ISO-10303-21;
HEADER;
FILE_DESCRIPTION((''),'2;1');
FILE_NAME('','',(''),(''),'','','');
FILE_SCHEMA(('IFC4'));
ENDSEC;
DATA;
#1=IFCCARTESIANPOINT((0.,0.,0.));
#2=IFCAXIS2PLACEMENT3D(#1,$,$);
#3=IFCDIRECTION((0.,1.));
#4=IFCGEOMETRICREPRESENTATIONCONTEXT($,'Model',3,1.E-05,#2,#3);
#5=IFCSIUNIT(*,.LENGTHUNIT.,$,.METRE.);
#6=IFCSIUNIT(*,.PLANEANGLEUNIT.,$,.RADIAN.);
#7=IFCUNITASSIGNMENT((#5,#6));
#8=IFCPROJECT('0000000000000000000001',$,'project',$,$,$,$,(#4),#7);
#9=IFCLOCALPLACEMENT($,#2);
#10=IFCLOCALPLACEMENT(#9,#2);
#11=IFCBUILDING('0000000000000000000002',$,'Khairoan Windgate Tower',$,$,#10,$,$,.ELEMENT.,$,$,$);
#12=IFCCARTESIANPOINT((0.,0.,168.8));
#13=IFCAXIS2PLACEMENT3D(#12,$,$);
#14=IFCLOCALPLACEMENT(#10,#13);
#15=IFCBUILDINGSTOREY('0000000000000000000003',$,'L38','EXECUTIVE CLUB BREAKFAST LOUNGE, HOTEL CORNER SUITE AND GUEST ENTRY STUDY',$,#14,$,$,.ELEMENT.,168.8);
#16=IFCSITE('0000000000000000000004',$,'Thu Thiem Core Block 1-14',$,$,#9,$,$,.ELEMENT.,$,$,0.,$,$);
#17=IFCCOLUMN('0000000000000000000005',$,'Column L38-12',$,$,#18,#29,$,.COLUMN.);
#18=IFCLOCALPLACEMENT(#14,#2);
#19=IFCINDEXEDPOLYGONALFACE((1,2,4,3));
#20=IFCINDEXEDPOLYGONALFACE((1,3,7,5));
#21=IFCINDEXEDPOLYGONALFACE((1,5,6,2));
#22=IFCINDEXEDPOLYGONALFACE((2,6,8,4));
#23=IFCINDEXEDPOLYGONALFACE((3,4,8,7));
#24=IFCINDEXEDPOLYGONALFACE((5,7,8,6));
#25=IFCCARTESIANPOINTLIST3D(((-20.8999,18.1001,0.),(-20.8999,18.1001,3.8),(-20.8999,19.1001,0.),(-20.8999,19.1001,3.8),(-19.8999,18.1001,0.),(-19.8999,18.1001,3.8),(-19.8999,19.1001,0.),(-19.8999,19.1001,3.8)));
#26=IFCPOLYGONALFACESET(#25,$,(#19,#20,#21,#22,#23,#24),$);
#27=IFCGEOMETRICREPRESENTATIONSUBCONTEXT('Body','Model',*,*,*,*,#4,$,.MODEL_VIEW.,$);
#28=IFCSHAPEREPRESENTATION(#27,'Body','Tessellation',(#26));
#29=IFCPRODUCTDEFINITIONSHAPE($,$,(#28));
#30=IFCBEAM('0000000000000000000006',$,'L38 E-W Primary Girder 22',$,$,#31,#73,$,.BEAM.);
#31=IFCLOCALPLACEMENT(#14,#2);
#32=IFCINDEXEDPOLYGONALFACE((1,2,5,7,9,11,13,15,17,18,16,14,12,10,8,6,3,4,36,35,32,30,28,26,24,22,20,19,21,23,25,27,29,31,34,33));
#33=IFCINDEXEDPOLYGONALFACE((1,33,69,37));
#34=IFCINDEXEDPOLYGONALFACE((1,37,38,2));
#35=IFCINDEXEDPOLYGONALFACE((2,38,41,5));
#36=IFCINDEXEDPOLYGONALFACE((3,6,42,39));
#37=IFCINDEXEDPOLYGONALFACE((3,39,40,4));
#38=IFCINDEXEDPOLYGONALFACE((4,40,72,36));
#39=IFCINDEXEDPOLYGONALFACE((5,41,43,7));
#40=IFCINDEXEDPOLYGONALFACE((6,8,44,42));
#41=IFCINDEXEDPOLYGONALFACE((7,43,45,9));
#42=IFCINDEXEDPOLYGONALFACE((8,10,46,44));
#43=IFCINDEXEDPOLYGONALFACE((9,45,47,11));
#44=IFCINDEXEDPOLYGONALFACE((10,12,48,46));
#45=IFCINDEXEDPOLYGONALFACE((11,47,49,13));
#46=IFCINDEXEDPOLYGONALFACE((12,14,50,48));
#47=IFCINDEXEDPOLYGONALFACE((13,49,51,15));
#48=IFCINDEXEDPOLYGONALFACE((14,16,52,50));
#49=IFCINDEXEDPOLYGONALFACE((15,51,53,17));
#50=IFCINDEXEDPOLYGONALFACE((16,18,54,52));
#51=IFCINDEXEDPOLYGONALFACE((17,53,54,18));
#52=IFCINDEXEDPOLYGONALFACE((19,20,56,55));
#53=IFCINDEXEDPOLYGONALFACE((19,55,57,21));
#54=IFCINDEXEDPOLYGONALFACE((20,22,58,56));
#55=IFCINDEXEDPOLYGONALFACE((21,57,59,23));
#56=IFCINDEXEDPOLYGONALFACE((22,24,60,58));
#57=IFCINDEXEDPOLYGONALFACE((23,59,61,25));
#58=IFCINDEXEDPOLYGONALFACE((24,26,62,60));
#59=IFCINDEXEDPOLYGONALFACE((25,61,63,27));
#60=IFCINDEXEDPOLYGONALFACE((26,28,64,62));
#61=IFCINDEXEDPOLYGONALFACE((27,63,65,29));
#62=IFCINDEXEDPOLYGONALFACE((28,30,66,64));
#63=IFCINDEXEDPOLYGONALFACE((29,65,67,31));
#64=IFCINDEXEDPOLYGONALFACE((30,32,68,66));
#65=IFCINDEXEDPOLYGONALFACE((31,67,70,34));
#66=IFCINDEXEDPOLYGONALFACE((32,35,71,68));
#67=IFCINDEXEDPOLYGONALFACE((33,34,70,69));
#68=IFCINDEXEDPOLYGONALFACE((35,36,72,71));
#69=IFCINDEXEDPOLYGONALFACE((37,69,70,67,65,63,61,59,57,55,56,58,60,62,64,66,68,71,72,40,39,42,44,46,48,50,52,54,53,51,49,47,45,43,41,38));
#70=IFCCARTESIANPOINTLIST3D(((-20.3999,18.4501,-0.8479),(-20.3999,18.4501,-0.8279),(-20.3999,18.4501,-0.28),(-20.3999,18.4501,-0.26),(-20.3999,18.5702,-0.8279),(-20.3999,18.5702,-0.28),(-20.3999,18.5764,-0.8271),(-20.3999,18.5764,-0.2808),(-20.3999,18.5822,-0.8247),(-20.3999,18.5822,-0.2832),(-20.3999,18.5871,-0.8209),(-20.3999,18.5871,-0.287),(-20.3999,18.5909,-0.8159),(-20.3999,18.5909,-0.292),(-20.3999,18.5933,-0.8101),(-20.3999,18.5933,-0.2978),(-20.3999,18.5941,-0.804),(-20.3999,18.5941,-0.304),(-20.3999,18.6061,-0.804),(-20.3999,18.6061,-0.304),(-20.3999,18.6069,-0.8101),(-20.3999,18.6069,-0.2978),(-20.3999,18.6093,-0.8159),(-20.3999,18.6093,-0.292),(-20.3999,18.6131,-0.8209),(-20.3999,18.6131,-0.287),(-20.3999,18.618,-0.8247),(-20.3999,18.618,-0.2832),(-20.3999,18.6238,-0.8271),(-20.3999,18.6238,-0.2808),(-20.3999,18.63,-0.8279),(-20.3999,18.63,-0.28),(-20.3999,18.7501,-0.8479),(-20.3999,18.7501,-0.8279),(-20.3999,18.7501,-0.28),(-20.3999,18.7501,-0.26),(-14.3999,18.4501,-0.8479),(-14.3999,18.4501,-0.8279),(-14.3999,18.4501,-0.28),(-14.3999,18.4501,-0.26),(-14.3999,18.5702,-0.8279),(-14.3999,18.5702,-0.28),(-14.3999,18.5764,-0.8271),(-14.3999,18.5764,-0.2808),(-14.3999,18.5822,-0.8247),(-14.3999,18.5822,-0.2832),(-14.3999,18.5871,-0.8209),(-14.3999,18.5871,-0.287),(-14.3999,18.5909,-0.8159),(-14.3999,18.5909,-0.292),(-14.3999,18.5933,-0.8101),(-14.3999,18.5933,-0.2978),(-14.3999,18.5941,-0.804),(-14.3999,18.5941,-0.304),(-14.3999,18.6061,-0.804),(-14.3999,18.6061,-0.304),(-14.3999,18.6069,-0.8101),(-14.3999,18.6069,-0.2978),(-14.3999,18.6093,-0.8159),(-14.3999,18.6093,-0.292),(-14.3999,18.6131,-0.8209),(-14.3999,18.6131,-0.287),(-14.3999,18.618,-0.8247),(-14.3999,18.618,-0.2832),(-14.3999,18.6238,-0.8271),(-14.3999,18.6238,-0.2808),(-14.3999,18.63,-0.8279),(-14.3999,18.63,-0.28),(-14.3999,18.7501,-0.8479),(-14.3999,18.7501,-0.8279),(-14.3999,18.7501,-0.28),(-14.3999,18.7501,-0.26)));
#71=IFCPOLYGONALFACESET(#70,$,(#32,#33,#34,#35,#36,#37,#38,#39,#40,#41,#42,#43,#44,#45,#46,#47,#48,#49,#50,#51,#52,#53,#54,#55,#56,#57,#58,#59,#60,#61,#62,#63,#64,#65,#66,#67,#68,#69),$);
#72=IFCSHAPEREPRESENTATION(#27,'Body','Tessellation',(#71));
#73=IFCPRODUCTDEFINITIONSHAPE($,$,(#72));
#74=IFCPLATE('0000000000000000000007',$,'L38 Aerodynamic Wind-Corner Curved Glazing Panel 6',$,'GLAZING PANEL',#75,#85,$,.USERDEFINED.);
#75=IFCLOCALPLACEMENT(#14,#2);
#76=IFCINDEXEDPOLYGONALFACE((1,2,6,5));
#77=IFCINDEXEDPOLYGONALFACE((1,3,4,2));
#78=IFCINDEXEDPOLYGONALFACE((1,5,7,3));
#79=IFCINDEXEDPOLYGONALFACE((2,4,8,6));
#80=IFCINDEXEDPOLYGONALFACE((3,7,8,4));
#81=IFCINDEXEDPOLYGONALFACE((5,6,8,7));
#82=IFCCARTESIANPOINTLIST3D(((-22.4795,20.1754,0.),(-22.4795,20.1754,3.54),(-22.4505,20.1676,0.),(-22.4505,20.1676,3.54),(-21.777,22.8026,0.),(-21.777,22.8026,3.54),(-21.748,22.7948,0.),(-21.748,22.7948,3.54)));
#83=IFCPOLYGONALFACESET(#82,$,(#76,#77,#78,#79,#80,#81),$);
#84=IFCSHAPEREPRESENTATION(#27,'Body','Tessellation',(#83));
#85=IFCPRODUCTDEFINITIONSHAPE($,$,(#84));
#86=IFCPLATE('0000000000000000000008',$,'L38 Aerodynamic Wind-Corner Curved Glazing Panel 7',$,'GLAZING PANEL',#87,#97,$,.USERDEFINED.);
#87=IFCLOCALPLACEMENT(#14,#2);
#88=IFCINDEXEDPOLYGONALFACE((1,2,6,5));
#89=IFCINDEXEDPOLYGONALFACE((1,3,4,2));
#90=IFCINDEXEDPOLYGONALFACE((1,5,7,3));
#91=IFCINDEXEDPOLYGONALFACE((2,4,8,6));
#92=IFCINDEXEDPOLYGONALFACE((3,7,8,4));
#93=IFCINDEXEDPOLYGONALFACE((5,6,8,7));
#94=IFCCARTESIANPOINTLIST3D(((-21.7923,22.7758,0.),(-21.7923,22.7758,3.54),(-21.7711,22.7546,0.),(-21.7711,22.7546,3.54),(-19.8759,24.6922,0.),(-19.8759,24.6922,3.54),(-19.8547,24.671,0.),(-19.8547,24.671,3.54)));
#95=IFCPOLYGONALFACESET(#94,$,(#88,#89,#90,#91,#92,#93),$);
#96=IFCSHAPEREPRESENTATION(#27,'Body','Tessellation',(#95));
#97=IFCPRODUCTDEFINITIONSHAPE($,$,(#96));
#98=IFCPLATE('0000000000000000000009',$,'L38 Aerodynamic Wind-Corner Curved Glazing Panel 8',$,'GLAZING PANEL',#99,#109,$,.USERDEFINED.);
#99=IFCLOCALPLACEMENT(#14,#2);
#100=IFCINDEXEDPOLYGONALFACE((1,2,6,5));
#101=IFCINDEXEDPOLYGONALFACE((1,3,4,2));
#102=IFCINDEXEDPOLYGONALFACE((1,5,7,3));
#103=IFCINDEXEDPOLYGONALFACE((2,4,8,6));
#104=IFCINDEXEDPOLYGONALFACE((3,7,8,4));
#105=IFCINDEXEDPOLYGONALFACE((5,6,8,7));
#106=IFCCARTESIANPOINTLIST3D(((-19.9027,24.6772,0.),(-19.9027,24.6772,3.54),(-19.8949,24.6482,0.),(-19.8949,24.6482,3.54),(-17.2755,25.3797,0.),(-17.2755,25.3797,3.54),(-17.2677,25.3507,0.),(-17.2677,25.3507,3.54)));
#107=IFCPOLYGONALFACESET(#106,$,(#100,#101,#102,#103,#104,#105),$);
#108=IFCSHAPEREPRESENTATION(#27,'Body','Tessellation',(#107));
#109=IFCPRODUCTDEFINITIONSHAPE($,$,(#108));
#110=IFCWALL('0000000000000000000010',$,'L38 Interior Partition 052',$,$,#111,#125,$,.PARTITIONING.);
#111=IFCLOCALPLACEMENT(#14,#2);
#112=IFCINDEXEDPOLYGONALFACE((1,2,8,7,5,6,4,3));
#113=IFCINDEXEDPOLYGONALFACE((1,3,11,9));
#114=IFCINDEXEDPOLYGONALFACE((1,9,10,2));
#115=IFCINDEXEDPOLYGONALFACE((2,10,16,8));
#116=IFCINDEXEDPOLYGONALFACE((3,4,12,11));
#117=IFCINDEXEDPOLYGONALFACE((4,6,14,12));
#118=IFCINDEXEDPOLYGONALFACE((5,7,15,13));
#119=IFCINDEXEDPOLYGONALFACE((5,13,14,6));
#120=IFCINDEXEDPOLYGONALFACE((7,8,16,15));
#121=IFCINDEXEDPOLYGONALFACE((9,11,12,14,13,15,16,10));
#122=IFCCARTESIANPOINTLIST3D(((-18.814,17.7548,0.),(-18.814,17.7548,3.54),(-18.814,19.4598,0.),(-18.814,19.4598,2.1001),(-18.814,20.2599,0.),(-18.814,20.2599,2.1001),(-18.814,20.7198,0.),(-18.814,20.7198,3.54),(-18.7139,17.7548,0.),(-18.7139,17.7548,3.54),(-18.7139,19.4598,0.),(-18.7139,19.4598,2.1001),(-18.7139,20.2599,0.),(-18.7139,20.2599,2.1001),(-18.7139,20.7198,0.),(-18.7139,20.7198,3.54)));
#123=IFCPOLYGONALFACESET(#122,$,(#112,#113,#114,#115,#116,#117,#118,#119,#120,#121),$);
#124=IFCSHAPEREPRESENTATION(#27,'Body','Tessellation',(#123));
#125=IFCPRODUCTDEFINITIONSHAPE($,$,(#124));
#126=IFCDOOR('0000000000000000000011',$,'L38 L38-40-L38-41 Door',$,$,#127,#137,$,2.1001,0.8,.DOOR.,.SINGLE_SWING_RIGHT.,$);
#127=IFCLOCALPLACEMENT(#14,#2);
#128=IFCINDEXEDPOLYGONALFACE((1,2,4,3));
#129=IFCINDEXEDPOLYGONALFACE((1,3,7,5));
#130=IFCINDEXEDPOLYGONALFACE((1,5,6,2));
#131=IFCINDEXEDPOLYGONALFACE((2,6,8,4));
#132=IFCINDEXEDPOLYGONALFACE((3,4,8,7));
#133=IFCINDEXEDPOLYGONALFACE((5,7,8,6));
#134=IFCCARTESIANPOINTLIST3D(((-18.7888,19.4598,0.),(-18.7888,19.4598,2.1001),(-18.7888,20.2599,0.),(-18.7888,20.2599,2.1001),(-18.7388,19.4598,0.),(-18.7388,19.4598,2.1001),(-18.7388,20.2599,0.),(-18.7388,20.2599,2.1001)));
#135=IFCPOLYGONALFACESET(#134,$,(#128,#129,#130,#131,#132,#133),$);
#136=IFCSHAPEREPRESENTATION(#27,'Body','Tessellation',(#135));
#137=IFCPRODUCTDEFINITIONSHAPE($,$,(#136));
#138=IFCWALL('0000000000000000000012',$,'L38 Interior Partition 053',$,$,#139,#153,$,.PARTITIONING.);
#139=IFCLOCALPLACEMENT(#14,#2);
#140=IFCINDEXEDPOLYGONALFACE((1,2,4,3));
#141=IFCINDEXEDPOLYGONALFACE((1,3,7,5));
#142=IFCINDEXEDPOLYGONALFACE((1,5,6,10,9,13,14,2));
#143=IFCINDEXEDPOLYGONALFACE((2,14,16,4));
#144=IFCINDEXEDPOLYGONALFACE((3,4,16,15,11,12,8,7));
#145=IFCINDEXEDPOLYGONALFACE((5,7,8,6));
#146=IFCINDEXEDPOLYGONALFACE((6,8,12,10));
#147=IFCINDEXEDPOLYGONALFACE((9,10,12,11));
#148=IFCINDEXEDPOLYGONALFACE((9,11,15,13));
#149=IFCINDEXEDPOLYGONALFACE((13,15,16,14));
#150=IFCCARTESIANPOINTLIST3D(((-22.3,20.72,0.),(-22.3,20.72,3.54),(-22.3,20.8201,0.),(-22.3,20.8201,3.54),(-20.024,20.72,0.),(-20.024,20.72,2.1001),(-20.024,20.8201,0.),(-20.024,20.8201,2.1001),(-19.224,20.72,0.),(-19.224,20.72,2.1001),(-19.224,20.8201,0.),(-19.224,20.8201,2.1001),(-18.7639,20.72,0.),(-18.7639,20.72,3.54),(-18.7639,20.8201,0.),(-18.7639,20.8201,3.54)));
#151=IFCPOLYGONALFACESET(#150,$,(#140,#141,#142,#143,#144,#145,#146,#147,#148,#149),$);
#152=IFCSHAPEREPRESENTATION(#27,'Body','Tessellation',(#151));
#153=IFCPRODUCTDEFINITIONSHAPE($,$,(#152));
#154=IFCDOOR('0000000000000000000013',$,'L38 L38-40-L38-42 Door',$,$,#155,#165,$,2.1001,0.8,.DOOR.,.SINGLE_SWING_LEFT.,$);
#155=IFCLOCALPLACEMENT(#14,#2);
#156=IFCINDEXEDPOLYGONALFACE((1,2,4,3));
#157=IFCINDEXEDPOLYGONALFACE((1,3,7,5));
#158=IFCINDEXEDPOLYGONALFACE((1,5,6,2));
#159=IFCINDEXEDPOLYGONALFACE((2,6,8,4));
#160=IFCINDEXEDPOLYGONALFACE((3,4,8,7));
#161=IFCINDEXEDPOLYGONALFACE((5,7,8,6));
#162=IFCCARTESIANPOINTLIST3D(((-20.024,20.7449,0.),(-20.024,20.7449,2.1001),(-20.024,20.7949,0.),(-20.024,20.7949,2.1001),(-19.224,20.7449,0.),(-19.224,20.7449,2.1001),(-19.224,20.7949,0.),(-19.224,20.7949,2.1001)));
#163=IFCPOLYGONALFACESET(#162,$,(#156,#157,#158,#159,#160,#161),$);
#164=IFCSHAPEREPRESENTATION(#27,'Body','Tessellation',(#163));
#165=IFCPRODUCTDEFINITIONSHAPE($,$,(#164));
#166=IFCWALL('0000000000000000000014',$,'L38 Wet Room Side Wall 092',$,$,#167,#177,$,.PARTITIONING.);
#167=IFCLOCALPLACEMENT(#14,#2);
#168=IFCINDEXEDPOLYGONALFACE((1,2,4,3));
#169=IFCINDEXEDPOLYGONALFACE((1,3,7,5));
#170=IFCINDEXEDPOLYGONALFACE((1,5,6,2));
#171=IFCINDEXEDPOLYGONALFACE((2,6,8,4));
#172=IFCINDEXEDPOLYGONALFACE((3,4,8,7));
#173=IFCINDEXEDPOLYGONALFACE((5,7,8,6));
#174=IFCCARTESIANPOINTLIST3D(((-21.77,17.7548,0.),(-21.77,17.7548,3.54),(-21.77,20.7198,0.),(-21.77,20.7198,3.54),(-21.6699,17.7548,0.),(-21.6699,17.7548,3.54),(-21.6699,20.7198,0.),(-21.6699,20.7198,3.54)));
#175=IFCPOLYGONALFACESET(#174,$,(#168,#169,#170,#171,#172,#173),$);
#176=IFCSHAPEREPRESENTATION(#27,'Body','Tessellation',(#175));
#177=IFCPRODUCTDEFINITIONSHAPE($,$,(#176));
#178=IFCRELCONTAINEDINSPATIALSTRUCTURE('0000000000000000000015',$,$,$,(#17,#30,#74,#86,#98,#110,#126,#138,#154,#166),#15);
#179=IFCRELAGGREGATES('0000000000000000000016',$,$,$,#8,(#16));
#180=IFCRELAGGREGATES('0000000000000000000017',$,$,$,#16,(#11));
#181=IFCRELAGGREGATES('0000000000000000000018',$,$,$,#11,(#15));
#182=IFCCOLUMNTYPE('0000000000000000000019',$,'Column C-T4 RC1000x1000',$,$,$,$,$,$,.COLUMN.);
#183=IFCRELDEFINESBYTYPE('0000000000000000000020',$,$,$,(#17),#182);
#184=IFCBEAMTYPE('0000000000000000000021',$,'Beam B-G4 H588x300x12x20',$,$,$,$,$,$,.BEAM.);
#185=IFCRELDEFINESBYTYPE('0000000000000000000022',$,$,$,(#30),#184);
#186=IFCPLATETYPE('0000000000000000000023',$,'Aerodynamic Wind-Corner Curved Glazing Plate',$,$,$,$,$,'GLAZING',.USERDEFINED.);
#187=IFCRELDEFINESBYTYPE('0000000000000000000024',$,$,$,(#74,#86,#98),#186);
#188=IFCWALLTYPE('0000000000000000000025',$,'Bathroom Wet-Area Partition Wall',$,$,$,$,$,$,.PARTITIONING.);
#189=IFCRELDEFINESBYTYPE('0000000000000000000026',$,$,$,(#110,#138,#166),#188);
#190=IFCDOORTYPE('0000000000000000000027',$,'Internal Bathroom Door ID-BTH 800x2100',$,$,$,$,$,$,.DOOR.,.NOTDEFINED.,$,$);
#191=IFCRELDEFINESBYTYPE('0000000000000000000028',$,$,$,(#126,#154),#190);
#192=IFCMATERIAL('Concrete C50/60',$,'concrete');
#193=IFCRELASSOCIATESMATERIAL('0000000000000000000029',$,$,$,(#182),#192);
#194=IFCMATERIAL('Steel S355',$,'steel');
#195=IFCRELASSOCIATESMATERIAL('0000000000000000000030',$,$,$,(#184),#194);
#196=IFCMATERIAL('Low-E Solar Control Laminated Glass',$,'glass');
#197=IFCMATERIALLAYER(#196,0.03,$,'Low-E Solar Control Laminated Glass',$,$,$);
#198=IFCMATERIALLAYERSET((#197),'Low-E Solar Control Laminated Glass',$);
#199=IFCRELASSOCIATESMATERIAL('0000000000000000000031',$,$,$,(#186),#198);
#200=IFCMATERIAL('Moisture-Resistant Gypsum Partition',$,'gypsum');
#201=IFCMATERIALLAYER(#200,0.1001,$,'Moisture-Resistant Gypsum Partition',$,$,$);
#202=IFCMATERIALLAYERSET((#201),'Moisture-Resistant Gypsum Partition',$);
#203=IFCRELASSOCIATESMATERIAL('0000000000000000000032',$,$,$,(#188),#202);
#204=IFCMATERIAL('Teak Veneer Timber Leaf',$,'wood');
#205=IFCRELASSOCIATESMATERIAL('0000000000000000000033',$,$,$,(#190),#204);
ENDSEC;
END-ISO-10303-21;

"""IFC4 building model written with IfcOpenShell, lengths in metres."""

from ifc_helpers import new_model, si_unit, direction, frame, frame_2d, origin, origin_2d, place, context, subcontext, project, spatial, rectangle, i_section, extrude, material, layer, layer_set, material_profile, profile_set, type_object, element, fill, save


model = new_model("IFC4")

# Units and contexts
model_context = context("Model", 3, precision=1e-05, world=origin(), true_north=direction((0.0, 1.0)))
body_context = subcontext(model_context, "Body", "Model", "MODEL_VIEW")
ifc_project = project(units=[si_unit("LENGTHUNIT", "METRE"), si_unit("PLANEANGLEUNIT", "RADIAN")], contexts=[model_context])

# Site, building, storey
site_placement = place(None, origin())
site = spatial("IfcSite", under=ifc_project, at=site_placement, Name="Thu Thiem Core Block 1-14", CompositionType="ELEMENT", RefElevation=0.0)
building_placement = place(site_placement, origin())
building = spatial("IfcBuilding", under=site, at=building_placement, Name="Khairoan Windgate Tower", CompositionType="ELEMENT")
storey_placement = place(building_placement, frame((0.0, 0.0, 168.8)))
storey = spatial("IfcBuildingStorey", under=building, at=storey_placement, Name="L38", Description="EXECUTIVE CLUB BREAKFAST LOUNGE, HOTEL CORNER SUITE AND GUEST ENTRY STUDY", CompositionType="ELEMENT", Elevation=168.8)

# Column
ifc_material_1 = material(Name="Concrete C50/60", Category="concrete")
ifc_material_profile_1 = material_profile(ifc_material_1, rectangle(XDim=1.0, YDim=1.0, at=origin_2d()))
ifc_profile_set_1 = profile_set([ifc_material_profile_1], Name="Concrete C50/60")
column_type = type_object("IfcColumnType", Name="Column C-T4 RC1000x1000", PredefinedType="COLUMN", material=ifc_profile_set_1)
column_placement = place(storey_placement, frame((-20.3999, 18.6001, 0.0), z_axis=(0.0, 0.0, 1.0), x_axis=(1.0, 0.0, 0.0)))
element("IfcColumn", 1, at=column_placement, inside=storey, type_object=column_type, Name="Column L38-12", PredefinedType="COLUMN", context=body_context, shape_type="SweptSolid", body=[
    extrude(rectangle(XDim=1.0, YDim=1.0, at=origin_2d()), origin(), (0.0, 0.0, 1.0), 3.8),
])

# Beam
ifc_material_2 = material(Name="Steel S355", Category="steel")
ifc_material_profile_2 = material_profile(ifc_material_2, i_section(OverallWidth=0.3, OverallDepth=0.5879, WebThickness=0.012, FlangeThickness=0.02, FilletRadius=0.0239, at=origin_2d()))
ifc_profile_set_2 = profile_set([ifc_material_profile_2], Name="Steel S355")
beam_type = type_object("IfcBeamType", Name="Beam B-G4 H588x300x12x20", PredefinedType="BEAM", material=ifc_profile_set_2)
beam_placement = place(storey_placement, frame((-20.3999, 18.6001, -0.554), z_axis=(1.0, 0.0, 0.0), x_axis=(0.0, 1.0, 0.0)))
element("IfcBeam", 2, at=beam_placement, inside=storey, type_object=beam_type, Name="L38 E-W Primary Girder 22", PredefinedType="BEAM", context=body_context, shape_type="SweptSolid", body=[
    extrude(i_section(OverallWidth=0.3, OverallDepth=0.5879, WebThickness=0.012, FlangeThickness=0.02, FilletRadius=0.0239, at=origin_2d()), origin(), (0.0, 0.0, 1.0), 6.0),
])

# Plates
ifc_material_3 = material(Name="Low-E Solar Control Laminated Glass", Category="glass")
ifc_layer_1 = layer(ifc_material_3, 0.03, Name="Low-E Solar Control Laminated Glass")
ifc_layer_set_1 = layer_set([ifc_layer_1], Name="Low-E Solar Control Laminated Glass")
plate_type_1 = type_object("IfcPlateType", Name="Aerodynamic Wind-Corner Curved Glazing Plate", ElementType="GLAZING", PredefinedType="USERDEFINED", material=ifc_layer_set_1)
plate_1_placement = place(storey_placement, frame((-22.1138, 21.4851, 0.0), z_axis=(0.0, 0.0, 1.0), x_axis=(0.258313, 0.966061, 0.0)))
element("IfcPlate", 3, at=plate_1_placement, inside=storey, type_object=plate_type_1, Name="L38 Aerodynamic Wind-Corner Curved Glazing Panel 6", ObjectType="GLAZING PANEL", PredefinedType="USERDEFINED", context=body_context, shape_type="SweptSolid", body=[
    extrude(rectangle(XDim=2.7195, YDim=0.03, at=origin_2d()), origin(), (0.0, 0.0, 1.0), 3.54),
])
plate_2_placement = place(storey_placement, frame((-20.8235, 23.7234, 0.0), z_axis=(0.0, 0.0, 1.0), x_axis=(0.707107, 0.707107, 0.0)))
element("IfcPlate", 4, at=plate_2_placement, inside=storey, type_object=plate_type_1, Name="L38 Aerodynamic Wind-Corner Curved Glazing Panel 7", ObjectType="GLAZING PANEL", PredefinedType="USERDEFINED", context=body_context, shape_type="SweptSolid", body=[
    extrude(rectangle(XDim=2.7102, YDim=0.03, at=origin_2d()), origin(), (0.0, 0.0, 1.0), 3.54),
])
plate_3_placement = place(storey_placement, frame((-18.5852, 25.0139, 0.0), z_axis=(0.0, 0.0, 1.0), x_axis=(0.966061, 0.258313, 0.0)))
element("IfcPlate", 5, at=plate_3_placement, inside=storey, type_object=plate_type_1, Name="L38 Aerodynamic Wind-Corner Curved Glazing Panel 8", ObjectType="GLAZING PANEL", PredefinedType="USERDEFINED", context=body_context, shape_type="SweptSolid", body=[
    extrude(rectangle(XDim=2.7195, YDim=0.03, at=origin_2d()), origin(), (0.0, 0.0, 1.0), 3.54),
])

# Walls, openings, doors
ifc_material_4 = material(Name="Moisture-Resistant Gypsum Partition", Category="gypsum")
ifc_layer_2 = layer(ifc_material_4, 0.1001, Name="Moisture-Resistant Gypsum Partition")
ifc_layer_set_2 = layer_set([ifc_layer_2], Name="Moisture-Resistant Gypsum Partition")
wall_type_1 = type_object("IfcWallType", Name="Bathroom Wet-Area Partition Wall", PredefinedType="PARTITIONING", material=ifc_layer_set_2)
wall_1_placement = place(storey_placement, frame((-18.7639, 17.7549, 0.0), z_axis=(0.0, 0.0, 1.0), x_axis=(0.0, 1.0, 0.0)))
wall_1 = element("IfcWall", 6, at=wall_1_placement, inside=storey, type_object=wall_type_1, Name="L38 Interior Partition 052", PredefinedType="PARTITIONING", context=body_context, shape_type="SweptSolid", body=[
    extrude(rectangle(XDim=2.9651, YDim=0.1001, at=frame_2d((1.4824, 0.0))), origin(), (0.0, 0.0, 1.0), 3.54),
])
opening_1_placement = place(wall_1_placement, frame((1.7051, 0.0, 0.0)))
opening_1 = element("IfcOpeningElement", 7, at=opening_1_placement, cuts=wall_1, PredefinedType="OPENING", context=body_context, shape_type="SweptSolid", body=[
    extrude(rectangle(XDim=0.8, YDim=2.1001, at=frame_2d((0.3999, 1.05))), frame((0.0, 0.0601, 0.0), z_axis=(0.0, -1.0, 0.0), x_axis=(1.0, 0.0, 0.0)), (0.0, 0.0, 1.0), 0.1201),
])
ifc_material_5 = material(Name="Teak Veneer Timber Leaf", Category="wood")
door_type_1 = type_object("IfcDoorType", Name="Internal Bathroom Door ID-BTH 800x2100", OperationType="NOTDEFINED", PredefinedType="DOOR", material=ifc_material_5)
door_1_placement = place(opening_1_placement, origin())
door_1 = element("IfcDoor", 8, at=door_1_placement, inside=storey, type_object=door_type_1, Name="L38 L38-40-L38-41 Door", OperationType="SINGLE_SWING_RIGHT", OverallHeight=2.1001, OverallWidth=0.8, PredefinedType="DOOR", context=body_context, shape_type="SweptSolid", body=[
    extrude(rectangle(XDim=0.8, YDim=2.1001, at=frame_2d((0.3999, 1.05))), frame((0.0, 0.0249, 0.0), z_axis=(0.0, -1.0, 0.0), x_axis=(1.0, 0.0, 0.0)), (0.0, 0.0, 1.0), 0.05),
])
fill(opening_1, door_1)
wall_2_placement = place(storey_placement, frame((-22.3, 20.77, 0.0), z_axis=(0.0, 0.0, 1.0), x_axis=(1.0, 0.0, 0.0)))
wall_2 = element("IfcWall", 9, at=wall_2_placement, inside=storey, type_object=wall_type_1, Name="L38 Interior Partition 053", PredefinedType="PARTITIONING", context=body_context, shape_type="SweptSolid", body=[
    extrude(rectangle(XDim=3.5361, YDim=0.1001, at=frame_2d((1.7681, 0.0))), origin(), (0.0, 0.0, 1.0), 3.54),
])
opening_2_placement = place(wall_2_placement, frame((2.2761, 0.0, 0.0)))
opening_2 = element("IfcOpeningElement", 10, at=opening_2_placement, cuts=wall_2, PredefinedType="OPENING", context=body_context, shape_type="SweptSolid", body=[
    extrude(rectangle(XDim=0.8, YDim=2.1001, at=frame_2d((0.3999, 1.05))), frame((0.0, 0.0601, 0.0), z_axis=(0.0, -1.0, 0.0), x_axis=(1.0, 0.0, 0.0)), (0.0, 0.0, 1.0), 0.1201),
])
door_2_placement = place(opening_2_placement, origin())
door_2 = element("IfcDoor", 11, at=door_2_placement, inside=storey, type_object=door_type_1, Name="L38 L38-40-L38-42 Door", OperationType="SINGLE_SWING_LEFT", OverallHeight=2.1001, OverallWidth=0.8, PredefinedType="DOOR", context=body_context, shape_type="SweptSolid", body=[
    extrude(rectangle(XDim=0.8, YDim=2.1001, at=frame_2d((0.3999, 1.05))), frame((0.0, 0.0249, 0.0), z_axis=(0.0, -1.0, 0.0), x_axis=(1.0, 0.0, 0.0)), (0.0, 0.0, 1.0), 0.05),
])
fill(opening_2, door_2)

# Wall
wall_3_placement = place(storey_placement, frame((-21.72, 17.7549, 0.0), z_axis=(0.0, 0.0, 1.0), x_axis=(0.0, 1.0, 0.0)))
element("IfcWall", 12, at=wall_3_placement, inside=storey, type_object=wall_type_1, Name="L38 Wet Room Side Wall 092", PredefinedType="PARTITIONING", context=body_context, shape_type="SweptSolid", body=[
    extrude(rectangle(XDim=2.9651, YDim=0.1001, at=frame_2d((1.4824, 0.0))), origin(), (0.0, 0.0, 1.0), 3.54),
])

save(model, "model.ifc")
